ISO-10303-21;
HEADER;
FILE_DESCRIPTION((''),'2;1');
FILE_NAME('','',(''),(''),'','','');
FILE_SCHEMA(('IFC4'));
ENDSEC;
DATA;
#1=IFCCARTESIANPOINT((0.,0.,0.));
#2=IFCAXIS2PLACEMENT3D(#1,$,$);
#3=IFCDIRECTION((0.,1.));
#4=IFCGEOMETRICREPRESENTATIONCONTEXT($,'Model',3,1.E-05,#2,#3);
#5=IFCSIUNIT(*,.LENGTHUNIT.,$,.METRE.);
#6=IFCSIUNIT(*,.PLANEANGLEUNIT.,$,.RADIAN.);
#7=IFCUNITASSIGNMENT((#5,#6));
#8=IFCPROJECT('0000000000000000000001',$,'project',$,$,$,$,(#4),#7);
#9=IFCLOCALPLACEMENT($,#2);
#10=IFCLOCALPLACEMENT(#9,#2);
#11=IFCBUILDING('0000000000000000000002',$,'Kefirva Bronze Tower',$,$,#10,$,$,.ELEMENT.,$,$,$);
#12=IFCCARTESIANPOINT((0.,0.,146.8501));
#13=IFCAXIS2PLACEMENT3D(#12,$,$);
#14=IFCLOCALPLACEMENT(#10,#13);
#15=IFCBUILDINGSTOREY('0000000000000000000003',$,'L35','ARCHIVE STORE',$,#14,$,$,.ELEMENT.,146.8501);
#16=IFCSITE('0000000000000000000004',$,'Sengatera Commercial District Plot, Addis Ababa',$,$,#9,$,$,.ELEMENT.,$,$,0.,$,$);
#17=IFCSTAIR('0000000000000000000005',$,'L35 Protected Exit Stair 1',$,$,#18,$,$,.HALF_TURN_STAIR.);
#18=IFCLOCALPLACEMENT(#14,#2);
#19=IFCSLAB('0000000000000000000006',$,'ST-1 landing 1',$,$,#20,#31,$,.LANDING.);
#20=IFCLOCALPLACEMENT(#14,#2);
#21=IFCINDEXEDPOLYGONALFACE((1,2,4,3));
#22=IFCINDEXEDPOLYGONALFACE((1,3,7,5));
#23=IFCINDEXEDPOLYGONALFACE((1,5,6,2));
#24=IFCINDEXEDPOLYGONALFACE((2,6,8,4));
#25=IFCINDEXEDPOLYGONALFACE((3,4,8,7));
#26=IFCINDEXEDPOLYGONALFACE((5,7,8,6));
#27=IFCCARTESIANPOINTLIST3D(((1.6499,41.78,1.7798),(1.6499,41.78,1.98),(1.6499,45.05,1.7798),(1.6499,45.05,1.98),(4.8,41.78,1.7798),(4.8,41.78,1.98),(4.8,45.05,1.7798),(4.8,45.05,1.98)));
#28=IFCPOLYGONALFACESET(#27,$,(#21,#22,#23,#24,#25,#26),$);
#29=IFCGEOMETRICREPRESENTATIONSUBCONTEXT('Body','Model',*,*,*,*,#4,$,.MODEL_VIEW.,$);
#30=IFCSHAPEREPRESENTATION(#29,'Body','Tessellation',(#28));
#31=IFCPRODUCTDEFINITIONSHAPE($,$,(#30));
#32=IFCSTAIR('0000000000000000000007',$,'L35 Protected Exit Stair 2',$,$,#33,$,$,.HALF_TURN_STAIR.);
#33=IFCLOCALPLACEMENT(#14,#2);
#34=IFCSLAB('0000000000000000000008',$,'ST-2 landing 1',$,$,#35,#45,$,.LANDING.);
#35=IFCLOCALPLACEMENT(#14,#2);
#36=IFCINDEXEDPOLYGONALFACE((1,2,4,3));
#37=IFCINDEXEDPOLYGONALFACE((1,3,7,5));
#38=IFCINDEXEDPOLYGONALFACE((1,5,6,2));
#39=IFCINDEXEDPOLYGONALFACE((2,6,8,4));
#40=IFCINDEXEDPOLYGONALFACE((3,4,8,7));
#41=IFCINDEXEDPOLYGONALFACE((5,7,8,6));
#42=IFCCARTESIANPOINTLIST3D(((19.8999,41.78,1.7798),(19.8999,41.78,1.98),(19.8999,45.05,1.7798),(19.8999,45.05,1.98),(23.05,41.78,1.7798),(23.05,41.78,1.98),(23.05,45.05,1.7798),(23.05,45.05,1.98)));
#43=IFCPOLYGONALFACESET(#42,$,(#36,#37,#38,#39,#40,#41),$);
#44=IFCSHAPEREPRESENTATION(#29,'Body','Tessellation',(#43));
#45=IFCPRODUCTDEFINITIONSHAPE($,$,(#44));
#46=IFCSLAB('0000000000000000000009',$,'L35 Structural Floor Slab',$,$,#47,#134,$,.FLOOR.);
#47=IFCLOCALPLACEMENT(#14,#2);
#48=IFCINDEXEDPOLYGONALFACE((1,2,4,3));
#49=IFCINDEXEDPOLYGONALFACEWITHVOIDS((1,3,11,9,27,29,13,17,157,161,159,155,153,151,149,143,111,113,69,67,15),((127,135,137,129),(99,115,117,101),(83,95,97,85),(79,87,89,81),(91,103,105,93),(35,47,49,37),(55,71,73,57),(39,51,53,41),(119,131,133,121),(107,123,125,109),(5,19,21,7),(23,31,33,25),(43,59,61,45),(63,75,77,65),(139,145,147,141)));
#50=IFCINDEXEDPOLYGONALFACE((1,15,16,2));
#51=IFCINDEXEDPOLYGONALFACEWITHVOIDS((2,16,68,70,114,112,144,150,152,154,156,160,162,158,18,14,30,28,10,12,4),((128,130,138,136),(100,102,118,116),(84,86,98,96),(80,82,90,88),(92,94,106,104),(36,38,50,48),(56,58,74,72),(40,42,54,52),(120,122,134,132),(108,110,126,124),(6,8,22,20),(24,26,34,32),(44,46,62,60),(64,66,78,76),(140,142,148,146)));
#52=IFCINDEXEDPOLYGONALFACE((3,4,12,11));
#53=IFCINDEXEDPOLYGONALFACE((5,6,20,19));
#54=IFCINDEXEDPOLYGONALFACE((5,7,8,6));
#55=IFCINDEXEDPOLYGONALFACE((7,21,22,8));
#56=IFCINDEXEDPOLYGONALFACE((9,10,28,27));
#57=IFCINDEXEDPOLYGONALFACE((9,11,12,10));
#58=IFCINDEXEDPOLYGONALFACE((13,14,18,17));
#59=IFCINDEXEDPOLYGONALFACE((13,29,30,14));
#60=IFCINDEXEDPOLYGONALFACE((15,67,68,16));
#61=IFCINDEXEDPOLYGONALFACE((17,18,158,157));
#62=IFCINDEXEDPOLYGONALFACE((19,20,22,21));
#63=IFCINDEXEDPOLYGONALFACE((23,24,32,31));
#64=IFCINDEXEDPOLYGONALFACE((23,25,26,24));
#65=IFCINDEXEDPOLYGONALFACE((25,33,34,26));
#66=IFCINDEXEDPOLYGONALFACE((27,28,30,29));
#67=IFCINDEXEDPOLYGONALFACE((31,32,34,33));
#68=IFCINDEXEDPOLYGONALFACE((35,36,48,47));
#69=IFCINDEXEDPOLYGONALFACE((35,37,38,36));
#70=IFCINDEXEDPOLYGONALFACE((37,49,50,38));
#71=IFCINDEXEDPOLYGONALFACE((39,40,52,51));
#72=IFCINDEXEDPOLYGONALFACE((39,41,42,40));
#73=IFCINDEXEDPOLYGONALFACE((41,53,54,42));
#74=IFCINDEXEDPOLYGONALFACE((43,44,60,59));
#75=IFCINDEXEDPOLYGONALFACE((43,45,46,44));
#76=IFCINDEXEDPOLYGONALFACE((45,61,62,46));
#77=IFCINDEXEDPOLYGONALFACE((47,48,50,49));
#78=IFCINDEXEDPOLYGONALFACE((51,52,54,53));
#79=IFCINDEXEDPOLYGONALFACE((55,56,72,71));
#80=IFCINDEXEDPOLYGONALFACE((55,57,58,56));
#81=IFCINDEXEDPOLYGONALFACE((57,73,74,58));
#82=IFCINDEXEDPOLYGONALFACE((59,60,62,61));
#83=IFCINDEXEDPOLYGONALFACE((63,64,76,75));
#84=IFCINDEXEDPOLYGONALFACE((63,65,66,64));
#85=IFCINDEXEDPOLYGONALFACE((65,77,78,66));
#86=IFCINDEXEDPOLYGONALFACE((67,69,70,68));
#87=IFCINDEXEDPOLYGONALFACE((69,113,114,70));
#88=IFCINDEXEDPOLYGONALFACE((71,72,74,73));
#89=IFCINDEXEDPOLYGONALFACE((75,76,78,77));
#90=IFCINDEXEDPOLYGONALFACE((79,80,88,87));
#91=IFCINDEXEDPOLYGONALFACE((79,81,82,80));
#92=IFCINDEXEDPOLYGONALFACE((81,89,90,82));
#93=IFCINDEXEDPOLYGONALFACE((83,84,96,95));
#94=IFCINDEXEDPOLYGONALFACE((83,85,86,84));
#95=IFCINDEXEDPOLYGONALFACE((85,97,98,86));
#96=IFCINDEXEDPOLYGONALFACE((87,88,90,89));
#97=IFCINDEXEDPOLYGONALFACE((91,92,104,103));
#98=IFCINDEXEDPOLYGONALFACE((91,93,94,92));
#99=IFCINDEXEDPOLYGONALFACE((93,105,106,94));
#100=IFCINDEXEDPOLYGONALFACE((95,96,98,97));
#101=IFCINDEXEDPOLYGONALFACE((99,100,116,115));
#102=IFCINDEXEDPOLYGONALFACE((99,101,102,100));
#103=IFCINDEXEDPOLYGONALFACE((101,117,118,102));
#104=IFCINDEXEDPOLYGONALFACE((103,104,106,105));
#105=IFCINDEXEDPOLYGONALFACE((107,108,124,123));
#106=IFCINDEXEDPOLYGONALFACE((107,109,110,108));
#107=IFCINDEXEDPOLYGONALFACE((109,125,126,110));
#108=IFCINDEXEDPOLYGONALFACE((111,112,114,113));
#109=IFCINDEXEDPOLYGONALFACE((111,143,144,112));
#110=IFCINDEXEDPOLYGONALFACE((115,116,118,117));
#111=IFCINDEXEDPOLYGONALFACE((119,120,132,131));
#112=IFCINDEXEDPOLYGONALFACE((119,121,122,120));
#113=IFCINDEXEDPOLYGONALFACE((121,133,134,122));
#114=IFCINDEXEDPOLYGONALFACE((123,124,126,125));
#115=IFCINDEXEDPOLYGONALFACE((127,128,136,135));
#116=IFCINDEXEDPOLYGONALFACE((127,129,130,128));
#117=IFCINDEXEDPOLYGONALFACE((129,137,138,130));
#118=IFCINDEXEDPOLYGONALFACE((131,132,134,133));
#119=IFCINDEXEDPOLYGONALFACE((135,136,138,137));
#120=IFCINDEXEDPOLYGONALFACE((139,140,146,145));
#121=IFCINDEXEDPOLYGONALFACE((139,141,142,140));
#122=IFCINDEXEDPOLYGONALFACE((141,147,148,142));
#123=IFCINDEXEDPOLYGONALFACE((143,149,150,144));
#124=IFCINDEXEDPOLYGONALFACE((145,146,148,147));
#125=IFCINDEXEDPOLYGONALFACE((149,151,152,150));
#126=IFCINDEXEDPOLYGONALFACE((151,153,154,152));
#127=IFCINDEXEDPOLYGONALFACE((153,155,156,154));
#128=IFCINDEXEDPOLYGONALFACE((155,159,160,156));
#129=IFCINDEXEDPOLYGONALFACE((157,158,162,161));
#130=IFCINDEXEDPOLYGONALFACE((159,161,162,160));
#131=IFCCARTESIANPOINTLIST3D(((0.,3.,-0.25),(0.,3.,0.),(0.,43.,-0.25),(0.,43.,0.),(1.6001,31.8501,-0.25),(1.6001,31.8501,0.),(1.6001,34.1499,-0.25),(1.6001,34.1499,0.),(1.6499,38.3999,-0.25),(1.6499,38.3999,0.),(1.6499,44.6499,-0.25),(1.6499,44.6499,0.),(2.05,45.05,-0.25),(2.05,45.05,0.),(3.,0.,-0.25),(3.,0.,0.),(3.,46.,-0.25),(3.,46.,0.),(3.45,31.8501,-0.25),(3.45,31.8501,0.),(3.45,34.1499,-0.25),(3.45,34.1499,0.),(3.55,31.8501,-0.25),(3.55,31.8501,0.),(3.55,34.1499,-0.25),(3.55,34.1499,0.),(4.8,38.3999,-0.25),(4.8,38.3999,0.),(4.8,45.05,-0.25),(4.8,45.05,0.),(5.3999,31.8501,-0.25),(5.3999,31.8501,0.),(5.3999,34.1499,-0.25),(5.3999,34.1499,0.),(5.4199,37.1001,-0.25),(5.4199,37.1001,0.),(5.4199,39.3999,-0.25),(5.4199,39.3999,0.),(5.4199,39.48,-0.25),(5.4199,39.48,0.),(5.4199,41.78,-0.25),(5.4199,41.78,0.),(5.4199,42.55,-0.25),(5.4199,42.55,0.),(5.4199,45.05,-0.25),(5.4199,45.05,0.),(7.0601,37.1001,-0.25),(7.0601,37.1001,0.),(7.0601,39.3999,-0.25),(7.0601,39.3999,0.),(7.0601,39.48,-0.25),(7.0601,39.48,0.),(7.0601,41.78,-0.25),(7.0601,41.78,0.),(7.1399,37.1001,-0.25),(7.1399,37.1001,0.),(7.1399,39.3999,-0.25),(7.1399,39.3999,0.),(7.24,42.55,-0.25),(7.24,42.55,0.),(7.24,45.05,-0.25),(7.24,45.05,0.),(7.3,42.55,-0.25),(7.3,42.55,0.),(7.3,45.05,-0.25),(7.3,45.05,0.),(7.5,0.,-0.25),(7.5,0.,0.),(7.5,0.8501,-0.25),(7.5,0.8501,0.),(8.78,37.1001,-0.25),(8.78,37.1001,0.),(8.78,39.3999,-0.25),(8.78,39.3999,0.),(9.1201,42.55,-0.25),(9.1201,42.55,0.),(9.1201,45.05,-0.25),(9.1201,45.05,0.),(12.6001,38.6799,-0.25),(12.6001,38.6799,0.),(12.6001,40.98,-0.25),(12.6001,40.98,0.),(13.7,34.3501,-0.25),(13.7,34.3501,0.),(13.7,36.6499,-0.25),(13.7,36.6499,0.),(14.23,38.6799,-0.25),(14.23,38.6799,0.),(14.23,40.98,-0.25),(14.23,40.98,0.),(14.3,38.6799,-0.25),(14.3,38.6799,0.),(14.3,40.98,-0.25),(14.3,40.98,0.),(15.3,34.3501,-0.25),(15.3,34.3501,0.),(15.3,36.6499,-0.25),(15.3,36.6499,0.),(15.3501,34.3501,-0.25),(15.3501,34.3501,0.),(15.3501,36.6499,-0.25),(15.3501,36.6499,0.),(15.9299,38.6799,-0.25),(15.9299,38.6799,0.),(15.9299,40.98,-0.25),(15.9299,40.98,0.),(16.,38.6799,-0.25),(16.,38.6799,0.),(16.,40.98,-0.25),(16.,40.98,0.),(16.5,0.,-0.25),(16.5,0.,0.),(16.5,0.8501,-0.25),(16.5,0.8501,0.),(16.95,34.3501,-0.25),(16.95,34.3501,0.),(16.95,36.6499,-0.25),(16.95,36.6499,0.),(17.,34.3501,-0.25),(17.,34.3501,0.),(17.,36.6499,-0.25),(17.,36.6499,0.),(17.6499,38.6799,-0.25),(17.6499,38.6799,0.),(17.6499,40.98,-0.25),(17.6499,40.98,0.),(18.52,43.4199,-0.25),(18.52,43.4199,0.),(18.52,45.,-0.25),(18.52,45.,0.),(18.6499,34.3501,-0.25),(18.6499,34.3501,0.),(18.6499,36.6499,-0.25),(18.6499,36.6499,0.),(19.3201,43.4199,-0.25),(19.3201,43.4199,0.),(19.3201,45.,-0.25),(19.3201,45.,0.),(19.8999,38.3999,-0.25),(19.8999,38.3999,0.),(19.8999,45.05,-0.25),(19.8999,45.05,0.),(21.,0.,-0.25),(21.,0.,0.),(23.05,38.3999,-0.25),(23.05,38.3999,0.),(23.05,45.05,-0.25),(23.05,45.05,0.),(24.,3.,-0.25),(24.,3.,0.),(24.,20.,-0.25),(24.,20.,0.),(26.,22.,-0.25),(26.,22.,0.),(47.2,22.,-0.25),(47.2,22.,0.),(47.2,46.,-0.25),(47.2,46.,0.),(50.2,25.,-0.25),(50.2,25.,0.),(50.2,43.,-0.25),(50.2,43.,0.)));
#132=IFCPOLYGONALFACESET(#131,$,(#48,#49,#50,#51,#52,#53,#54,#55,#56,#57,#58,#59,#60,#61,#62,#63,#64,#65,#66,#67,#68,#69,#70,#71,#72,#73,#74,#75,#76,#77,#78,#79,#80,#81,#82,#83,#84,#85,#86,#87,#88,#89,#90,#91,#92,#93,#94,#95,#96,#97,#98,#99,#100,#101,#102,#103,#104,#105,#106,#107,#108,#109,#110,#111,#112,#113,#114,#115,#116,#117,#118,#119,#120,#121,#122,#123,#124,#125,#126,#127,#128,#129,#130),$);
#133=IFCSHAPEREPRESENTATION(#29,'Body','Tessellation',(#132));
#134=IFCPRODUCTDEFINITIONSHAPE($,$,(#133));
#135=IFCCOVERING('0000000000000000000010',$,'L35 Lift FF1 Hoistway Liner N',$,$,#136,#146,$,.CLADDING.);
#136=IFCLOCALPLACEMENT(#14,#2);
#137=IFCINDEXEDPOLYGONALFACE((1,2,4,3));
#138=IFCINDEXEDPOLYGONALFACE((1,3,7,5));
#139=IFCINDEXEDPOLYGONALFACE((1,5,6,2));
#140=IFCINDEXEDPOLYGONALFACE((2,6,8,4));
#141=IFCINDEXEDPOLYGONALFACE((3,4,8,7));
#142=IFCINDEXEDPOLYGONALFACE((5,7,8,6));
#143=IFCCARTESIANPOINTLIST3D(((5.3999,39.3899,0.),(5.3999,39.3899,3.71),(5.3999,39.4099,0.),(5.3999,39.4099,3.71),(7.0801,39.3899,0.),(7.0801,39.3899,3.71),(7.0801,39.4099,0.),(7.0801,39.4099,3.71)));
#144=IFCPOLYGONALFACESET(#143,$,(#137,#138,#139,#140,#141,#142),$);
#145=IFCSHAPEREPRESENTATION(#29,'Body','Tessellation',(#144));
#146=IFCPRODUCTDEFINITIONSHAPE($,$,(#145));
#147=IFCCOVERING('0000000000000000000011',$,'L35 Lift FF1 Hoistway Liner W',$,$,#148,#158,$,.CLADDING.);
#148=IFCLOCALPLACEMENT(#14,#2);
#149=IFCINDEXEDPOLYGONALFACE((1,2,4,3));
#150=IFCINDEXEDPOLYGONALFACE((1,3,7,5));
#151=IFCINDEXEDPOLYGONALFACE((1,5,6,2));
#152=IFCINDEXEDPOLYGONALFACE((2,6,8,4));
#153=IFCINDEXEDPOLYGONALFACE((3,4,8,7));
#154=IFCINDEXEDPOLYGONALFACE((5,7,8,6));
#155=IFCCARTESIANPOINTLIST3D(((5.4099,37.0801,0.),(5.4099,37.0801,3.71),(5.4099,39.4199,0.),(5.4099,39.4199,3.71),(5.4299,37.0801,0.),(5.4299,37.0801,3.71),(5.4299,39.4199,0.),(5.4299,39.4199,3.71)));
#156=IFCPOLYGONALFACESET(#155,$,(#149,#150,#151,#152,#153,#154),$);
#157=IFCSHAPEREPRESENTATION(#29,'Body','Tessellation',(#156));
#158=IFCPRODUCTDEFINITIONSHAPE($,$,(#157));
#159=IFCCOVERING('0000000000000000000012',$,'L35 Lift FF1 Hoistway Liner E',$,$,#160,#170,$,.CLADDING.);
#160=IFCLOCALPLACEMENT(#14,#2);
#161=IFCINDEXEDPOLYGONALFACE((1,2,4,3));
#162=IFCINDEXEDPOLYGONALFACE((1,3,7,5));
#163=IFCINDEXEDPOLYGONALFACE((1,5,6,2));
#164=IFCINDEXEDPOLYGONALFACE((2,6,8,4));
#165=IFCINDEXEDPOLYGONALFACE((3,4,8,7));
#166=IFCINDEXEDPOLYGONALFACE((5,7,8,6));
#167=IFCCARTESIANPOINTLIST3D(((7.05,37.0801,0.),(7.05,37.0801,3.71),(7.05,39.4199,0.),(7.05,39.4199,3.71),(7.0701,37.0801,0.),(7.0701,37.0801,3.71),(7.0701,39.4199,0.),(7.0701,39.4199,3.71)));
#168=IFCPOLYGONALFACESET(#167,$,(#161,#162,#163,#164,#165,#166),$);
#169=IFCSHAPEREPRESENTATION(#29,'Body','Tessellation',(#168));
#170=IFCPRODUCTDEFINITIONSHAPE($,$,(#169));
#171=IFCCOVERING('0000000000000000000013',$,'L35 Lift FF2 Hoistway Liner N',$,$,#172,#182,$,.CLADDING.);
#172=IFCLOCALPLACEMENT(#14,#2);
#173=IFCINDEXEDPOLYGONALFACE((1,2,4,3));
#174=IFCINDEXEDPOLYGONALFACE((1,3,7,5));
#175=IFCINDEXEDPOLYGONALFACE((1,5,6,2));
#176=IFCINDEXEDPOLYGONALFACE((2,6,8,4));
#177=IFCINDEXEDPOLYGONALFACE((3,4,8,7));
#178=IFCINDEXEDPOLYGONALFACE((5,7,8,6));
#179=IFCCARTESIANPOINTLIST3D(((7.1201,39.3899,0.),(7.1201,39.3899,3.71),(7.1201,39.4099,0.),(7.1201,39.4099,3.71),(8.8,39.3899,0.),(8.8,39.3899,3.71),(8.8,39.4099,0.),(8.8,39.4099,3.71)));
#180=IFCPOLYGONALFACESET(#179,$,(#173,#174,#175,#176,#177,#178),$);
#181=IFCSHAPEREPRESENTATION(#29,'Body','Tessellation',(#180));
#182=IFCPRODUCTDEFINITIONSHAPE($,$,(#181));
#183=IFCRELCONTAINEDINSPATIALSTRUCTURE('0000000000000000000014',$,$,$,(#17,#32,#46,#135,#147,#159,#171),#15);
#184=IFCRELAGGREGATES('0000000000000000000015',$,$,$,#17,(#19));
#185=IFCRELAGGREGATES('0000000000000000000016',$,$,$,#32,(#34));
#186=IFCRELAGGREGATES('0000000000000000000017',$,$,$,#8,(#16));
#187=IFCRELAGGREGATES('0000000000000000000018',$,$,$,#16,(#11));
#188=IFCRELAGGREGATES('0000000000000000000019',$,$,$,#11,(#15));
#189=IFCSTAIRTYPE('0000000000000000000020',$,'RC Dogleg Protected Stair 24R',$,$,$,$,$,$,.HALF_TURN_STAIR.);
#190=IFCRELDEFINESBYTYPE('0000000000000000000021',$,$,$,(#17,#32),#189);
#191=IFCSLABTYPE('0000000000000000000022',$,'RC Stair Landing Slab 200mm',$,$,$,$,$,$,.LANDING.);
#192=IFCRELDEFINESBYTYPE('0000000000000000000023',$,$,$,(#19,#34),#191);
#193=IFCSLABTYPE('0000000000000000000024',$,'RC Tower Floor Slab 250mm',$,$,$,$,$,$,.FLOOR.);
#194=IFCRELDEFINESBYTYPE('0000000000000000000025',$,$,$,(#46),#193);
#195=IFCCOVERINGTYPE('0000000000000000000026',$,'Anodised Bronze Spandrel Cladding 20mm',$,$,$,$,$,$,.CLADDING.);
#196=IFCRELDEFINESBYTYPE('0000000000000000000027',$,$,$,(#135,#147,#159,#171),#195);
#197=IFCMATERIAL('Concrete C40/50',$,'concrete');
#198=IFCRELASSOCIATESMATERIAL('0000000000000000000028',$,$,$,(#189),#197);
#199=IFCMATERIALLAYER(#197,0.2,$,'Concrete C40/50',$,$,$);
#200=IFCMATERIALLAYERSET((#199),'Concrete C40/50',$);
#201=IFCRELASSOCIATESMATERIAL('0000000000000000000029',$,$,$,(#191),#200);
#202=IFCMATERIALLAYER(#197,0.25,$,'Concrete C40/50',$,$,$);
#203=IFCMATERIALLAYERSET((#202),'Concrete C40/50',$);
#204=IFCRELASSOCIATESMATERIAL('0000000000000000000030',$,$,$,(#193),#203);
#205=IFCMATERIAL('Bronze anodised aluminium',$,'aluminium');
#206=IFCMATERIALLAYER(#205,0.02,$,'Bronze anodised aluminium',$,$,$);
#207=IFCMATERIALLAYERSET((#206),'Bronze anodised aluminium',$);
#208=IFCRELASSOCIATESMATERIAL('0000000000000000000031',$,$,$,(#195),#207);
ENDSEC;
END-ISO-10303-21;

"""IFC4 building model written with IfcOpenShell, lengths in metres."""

from ifc_helpers import new_model, si_unit, direction, frame, origin, place, context, subcontext, project, spatial, polyline, outline, extrude, material, layer, layer_set, type_object, element, aggregate, save


model = new_model("IFC4")

# Units and contexts
model_context = context("Model", 3, precision=1e-05, world=origin(), true_north=direction((0.0, 1.0)))
body_context = subcontext(model_context, "Body", "Model", "MODEL_VIEW")
ifc_project = project(units=[si_unit("LENGTHUNIT", "METRE"), si_unit("PLANEANGLEUNIT", "RADIAN")], contexts=[model_context])

# Site, building, storey
site_placement = place(None, origin())
site = spatial("IfcSite", under=ifc_project, at=site_placement, Name="Sengatera Commercial District Plot, Addis Ababa", CompositionType="ELEMENT", RefElevation=0.0)
building_placement = place(site_placement, origin())
building = spatial("IfcBuilding", under=site, at=building_placement, Name="Kefirva Bronze Tower", CompositionType="ELEMENT")
storey_placement = place(building_placement, frame((0.0, 0.0, 146.8501)))
storey = spatial("IfcBuildingStorey", under=building, at=storey_placement, Name="L35", Description="ARCHIVE STORE", CompositionType="ELEMENT", Elevation=146.8501)

# Stairs, slabs
ifc_material_1 = material(Name="Concrete C40/50", Category="concrete")
stair_type = type_object("IfcStairType", Name="RC Dogleg Protected Stair 24R", PredefinedType="HALF_TURN_STAIR", material=ifc_material_1)
stair_1_placement = place(storey_placement, origin())
stair_1 = element("IfcStair", 1, at=stair_1_placement, inside=storey, type_object=stair_type, Name="L35 Protected Exit Stair 1", PredefinedType="HALF_TURN_STAIR")
ifc_layer_1 = layer(ifc_material_1, 0.2, Name="Concrete C40/50")
ifc_layer_set_1 = layer_set([ifc_layer_1], Name="Concrete C40/50")
slab_type_1 = type_object("IfcSlabType", Name="RC Stair Landing Slab 200mm", PredefinedType="LANDING", material=ifc_layer_set_1)
slab_1_placement = place(storey_placement, frame((0.0, 0.0, 1.7798)))
slab_1 = element("IfcSlab", 2, at=slab_1_placement, type_object=slab_type_1, Name="ST-1 landing 1", PredefinedType="LANDING", context=body_context, shape_type="SweptSolid", body=[
    extrude(outline(polyline([(4.8, 41.78), (4.8, 45.05), (1.6499, 45.05), (1.6499, 41.78), (4.8, 41.78)])), origin(), (0.0, 0.0, 1.0), 0.2002),
])
aggregate(stair_1, [slab_1])
stair_2_placement = place(storey_placement, origin())
stair_2 = element("IfcStair", 3, at=stair_2_placement, inside=storey, type_object=stair_type, Name="L35 Protected Exit Stair 2", PredefinedType="HALF_TURN_STAIR")
slab_2_placement = place(storey_placement, frame((0.0, 0.0, 1.7798)))
slab_2 = element("IfcSlab", 4, at=slab_2_placement, type_object=slab_type_1, Name="ST-2 landing 1", PredefinedType="LANDING", context=body_context, shape_type="SweptSolid", body=[
    extrude(outline(polyline([(23.05, 41.78), (23.05, 45.05), (19.8999, 45.05), (19.8999, 41.78), (23.05, 41.78)])), origin(), (0.0, 0.0, 1.0), 0.2002),
])
aggregate(stair_2, [slab_2])

# Slab
ifc_layer_2 = layer(ifc_material_1, 0.25, Name="Concrete C40/50")
ifc_layer_set_2 = layer_set([ifc_layer_2], Name="Concrete C40/50")
slab_type_2 = type_object("IfcSlabType", Name="RC Tower Floor Slab 250mm", PredefinedType="FLOOR", material=ifc_layer_set_2)
slab_3_placement = place(storey_placement, frame((0.0, 0.0, -0.25)))
element("IfcSlab", 5, at=slab_3_placement, inside=storey, type_object=slab_type_2, Name="L35 Structural Floor Slab", PredefinedType="FLOOR", context=body_context, shape_type="SweptSolid", body=[
    extrude(outline(polyline([(0.0, 3.0), (0.0, 43.0), (1.6499, 44.6499), (1.6499, 38.3999), (4.8, 38.3999), (4.8, 45.05), (2.05, 45.05), (3.0, 46.0), (47.2, 46.0), (50.2, 43.0), (50.2, 25.0), (47.2, 22.0), (26.0, 22.0), (24.0, 20.0), (24.0, 3.0), (21.0, 0.0), (16.5, 0.0), (16.5, 0.8501), (7.5, 0.8501), (7.5, 0.0), (3.0, 0.0), (0.0, 3.0)]), holes=[polyline([(23.05, 38.3999), (23.05, 45.05), (19.8999, 45.05), (19.8999, 38.3999), (23.05, 38.3999)]), polyline([(19.3201, 43.4199), (19.3201, 45.0), (18.52, 45.0), (18.52, 43.4199), (19.3201, 43.4199)]), polyline([(18.6499, 34.3501), (18.6499, 36.6499), (17.0, 36.6499), (17.0, 34.3501), (18.6499, 34.3501)]), polyline([(17.6499, 38.6799), (17.6499, 40.98), (16.0, 40.98), (16.0, 38.6799), (17.6499, 38.6799)]), polyline([(16.95, 34.3501), (16.95, 36.6499), (15.3501, 36.6499), (15.3501, 34.3501), (16.95, 34.3501)]), polyline([(15.9299, 38.6799), (15.9299, 40.98), (14.3, 40.98), (14.3, 38.6799), (15.9299, 38.6799)]), polyline([(15.3, 34.3501), (15.3, 36.6499), (13.7, 36.6499), (13.7, 34.3501), (15.3, 34.3501)]), polyline([(14.23, 38.6799), (14.23, 40.98), (12.6001, 40.98), (12.6001, 38.6799), (14.23, 38.6799)]), polyline([(9.1201, 42.55), (9.1201, 45.05), (7.3, 45.05), (7.3, 42.55), (9.1201, 42.55)]), polyline([(8.78, 37.1001), (8.78, 39.3999), (7.1399, 39.3999), (7.1399, 37.1001), (8.78, 37.1001)]), polyline([(7.24, 42.55), (7.24, 45.05), (5.4199, 45.05), (5.4199, 42.55), (7.24, 42.55)]), polyline([(7.0601, 37.1001), (7.0601, 39.3999), (5.4199, 39.3999), (5.4199, 37.1001), (7.0601, 37.1001)]), polyline([(7.0601, 39.48), (7.0601, 41.78), (5.4199, 41.78), (5.4199, 39.48), (7.0601, 39.48)]), polyline([(5.3999, 31.8501), (5.3999, 34.1499), (3.55, 34.1499), (3.55, 31.8501), (5.3999, 31.8501)]), polyline([(3.45, 31.8501), (3.45, 34.1499), (1.6001, 34.1499), (1.6001, 31.8501), (3.45, 31.8501)])]), origin(), (0.0, 0.0, 1.0), 0.25),
])

# Coverings
ifc_material_2 = material(Name="Bronze anodised aluminium", Category="aluminium")
ifc_layer_3 = layer(ifc_material_2, 0.02, Name="Bronze anodised aluminium")
ifc_layer_set_3 = layer_set([ifc_layer_3], Name="Bronze anodised aluminium")
covering_type = type_object("IfcCoveringType", Name="Anodised Bronze Spandrel Cladding 20mm", PredefinedType="CLADDING", material=ifc_layer_set_3)
covering_1_placement = place(storey_placement, origin())
element("IfcCovering", 6, at=covering_1_placement, inside=storey, type_object=covering_type, Name="L35 Lift FF1 Hoistway Liner N", PredefinedType="CLADDING", context=body_context, shape_type="SweptSolid", body=[
    extrude(outline(polyline([(5.3999, 39.3899), (7.0801, 39.3899), (7.0801, 39.4099), (5.3999, 39.4099), (5.3999, 39.3899)])), origin(), (0.0, 0.0, 1.0), 3.71),
])
covering_2_placement = place(storey_placement, origin())
element("IfcCovering", 7, at=covering_2_placement, inside=storey, type_object=covering_type, Name="L35 Lift FF1 Hoistway Liner W", PredefinedType="CLADDING", context=body_context, shape_type="SweptSolid", body=[
    extrude(outline(polyline([(5.4099, 37.0801), (5.4299, 37.0801), (5.4299, 39.4199), (5.4099, 39.4199), (5.4099, 37.0801)])), origin(), (0.0, 0.0, 1.0), 3.71),
])
covering_3_placement = place(storey_placement, origin())
element("IfcCovering", 8, at=covering_3_placement, inside=storey, type_object=covering_type, Name="L35 Lift FF1 Hoistway Liner E", PredefinedType="CLADDING", context=body_context, shape_type="SweptSolid", body=[
    extrude(outline(polyline([(7.05, 37.0801), (7.0701, 37.0801), (7.0701, 39.4199), (7.05, 39.4199), (7.05, 37.0801)])), origin(), (0.0, 0.0, 1.0), 3.71),
])
covering_4_placement = place(storey_placement, origin())
element("IfcCovering", 9, at=covering_4_placement, inside=storey, type_object=covering_type, Name="L35 Lift FF2 Hoistway Liner N", PredefinedType="CLADDING", context=body_context, shape_type="SweptSolid", body=[
    extrude(outline(polyline([(7.1201, 39.3899), (8.8, 39.3899), (8.8, 39.4099), (7.1201, 39.4099), (7.1201, 39.3899)])), origin(), (0.0, 0.0, 1.0), 3.71),
])

save(model, "model.ifc")
